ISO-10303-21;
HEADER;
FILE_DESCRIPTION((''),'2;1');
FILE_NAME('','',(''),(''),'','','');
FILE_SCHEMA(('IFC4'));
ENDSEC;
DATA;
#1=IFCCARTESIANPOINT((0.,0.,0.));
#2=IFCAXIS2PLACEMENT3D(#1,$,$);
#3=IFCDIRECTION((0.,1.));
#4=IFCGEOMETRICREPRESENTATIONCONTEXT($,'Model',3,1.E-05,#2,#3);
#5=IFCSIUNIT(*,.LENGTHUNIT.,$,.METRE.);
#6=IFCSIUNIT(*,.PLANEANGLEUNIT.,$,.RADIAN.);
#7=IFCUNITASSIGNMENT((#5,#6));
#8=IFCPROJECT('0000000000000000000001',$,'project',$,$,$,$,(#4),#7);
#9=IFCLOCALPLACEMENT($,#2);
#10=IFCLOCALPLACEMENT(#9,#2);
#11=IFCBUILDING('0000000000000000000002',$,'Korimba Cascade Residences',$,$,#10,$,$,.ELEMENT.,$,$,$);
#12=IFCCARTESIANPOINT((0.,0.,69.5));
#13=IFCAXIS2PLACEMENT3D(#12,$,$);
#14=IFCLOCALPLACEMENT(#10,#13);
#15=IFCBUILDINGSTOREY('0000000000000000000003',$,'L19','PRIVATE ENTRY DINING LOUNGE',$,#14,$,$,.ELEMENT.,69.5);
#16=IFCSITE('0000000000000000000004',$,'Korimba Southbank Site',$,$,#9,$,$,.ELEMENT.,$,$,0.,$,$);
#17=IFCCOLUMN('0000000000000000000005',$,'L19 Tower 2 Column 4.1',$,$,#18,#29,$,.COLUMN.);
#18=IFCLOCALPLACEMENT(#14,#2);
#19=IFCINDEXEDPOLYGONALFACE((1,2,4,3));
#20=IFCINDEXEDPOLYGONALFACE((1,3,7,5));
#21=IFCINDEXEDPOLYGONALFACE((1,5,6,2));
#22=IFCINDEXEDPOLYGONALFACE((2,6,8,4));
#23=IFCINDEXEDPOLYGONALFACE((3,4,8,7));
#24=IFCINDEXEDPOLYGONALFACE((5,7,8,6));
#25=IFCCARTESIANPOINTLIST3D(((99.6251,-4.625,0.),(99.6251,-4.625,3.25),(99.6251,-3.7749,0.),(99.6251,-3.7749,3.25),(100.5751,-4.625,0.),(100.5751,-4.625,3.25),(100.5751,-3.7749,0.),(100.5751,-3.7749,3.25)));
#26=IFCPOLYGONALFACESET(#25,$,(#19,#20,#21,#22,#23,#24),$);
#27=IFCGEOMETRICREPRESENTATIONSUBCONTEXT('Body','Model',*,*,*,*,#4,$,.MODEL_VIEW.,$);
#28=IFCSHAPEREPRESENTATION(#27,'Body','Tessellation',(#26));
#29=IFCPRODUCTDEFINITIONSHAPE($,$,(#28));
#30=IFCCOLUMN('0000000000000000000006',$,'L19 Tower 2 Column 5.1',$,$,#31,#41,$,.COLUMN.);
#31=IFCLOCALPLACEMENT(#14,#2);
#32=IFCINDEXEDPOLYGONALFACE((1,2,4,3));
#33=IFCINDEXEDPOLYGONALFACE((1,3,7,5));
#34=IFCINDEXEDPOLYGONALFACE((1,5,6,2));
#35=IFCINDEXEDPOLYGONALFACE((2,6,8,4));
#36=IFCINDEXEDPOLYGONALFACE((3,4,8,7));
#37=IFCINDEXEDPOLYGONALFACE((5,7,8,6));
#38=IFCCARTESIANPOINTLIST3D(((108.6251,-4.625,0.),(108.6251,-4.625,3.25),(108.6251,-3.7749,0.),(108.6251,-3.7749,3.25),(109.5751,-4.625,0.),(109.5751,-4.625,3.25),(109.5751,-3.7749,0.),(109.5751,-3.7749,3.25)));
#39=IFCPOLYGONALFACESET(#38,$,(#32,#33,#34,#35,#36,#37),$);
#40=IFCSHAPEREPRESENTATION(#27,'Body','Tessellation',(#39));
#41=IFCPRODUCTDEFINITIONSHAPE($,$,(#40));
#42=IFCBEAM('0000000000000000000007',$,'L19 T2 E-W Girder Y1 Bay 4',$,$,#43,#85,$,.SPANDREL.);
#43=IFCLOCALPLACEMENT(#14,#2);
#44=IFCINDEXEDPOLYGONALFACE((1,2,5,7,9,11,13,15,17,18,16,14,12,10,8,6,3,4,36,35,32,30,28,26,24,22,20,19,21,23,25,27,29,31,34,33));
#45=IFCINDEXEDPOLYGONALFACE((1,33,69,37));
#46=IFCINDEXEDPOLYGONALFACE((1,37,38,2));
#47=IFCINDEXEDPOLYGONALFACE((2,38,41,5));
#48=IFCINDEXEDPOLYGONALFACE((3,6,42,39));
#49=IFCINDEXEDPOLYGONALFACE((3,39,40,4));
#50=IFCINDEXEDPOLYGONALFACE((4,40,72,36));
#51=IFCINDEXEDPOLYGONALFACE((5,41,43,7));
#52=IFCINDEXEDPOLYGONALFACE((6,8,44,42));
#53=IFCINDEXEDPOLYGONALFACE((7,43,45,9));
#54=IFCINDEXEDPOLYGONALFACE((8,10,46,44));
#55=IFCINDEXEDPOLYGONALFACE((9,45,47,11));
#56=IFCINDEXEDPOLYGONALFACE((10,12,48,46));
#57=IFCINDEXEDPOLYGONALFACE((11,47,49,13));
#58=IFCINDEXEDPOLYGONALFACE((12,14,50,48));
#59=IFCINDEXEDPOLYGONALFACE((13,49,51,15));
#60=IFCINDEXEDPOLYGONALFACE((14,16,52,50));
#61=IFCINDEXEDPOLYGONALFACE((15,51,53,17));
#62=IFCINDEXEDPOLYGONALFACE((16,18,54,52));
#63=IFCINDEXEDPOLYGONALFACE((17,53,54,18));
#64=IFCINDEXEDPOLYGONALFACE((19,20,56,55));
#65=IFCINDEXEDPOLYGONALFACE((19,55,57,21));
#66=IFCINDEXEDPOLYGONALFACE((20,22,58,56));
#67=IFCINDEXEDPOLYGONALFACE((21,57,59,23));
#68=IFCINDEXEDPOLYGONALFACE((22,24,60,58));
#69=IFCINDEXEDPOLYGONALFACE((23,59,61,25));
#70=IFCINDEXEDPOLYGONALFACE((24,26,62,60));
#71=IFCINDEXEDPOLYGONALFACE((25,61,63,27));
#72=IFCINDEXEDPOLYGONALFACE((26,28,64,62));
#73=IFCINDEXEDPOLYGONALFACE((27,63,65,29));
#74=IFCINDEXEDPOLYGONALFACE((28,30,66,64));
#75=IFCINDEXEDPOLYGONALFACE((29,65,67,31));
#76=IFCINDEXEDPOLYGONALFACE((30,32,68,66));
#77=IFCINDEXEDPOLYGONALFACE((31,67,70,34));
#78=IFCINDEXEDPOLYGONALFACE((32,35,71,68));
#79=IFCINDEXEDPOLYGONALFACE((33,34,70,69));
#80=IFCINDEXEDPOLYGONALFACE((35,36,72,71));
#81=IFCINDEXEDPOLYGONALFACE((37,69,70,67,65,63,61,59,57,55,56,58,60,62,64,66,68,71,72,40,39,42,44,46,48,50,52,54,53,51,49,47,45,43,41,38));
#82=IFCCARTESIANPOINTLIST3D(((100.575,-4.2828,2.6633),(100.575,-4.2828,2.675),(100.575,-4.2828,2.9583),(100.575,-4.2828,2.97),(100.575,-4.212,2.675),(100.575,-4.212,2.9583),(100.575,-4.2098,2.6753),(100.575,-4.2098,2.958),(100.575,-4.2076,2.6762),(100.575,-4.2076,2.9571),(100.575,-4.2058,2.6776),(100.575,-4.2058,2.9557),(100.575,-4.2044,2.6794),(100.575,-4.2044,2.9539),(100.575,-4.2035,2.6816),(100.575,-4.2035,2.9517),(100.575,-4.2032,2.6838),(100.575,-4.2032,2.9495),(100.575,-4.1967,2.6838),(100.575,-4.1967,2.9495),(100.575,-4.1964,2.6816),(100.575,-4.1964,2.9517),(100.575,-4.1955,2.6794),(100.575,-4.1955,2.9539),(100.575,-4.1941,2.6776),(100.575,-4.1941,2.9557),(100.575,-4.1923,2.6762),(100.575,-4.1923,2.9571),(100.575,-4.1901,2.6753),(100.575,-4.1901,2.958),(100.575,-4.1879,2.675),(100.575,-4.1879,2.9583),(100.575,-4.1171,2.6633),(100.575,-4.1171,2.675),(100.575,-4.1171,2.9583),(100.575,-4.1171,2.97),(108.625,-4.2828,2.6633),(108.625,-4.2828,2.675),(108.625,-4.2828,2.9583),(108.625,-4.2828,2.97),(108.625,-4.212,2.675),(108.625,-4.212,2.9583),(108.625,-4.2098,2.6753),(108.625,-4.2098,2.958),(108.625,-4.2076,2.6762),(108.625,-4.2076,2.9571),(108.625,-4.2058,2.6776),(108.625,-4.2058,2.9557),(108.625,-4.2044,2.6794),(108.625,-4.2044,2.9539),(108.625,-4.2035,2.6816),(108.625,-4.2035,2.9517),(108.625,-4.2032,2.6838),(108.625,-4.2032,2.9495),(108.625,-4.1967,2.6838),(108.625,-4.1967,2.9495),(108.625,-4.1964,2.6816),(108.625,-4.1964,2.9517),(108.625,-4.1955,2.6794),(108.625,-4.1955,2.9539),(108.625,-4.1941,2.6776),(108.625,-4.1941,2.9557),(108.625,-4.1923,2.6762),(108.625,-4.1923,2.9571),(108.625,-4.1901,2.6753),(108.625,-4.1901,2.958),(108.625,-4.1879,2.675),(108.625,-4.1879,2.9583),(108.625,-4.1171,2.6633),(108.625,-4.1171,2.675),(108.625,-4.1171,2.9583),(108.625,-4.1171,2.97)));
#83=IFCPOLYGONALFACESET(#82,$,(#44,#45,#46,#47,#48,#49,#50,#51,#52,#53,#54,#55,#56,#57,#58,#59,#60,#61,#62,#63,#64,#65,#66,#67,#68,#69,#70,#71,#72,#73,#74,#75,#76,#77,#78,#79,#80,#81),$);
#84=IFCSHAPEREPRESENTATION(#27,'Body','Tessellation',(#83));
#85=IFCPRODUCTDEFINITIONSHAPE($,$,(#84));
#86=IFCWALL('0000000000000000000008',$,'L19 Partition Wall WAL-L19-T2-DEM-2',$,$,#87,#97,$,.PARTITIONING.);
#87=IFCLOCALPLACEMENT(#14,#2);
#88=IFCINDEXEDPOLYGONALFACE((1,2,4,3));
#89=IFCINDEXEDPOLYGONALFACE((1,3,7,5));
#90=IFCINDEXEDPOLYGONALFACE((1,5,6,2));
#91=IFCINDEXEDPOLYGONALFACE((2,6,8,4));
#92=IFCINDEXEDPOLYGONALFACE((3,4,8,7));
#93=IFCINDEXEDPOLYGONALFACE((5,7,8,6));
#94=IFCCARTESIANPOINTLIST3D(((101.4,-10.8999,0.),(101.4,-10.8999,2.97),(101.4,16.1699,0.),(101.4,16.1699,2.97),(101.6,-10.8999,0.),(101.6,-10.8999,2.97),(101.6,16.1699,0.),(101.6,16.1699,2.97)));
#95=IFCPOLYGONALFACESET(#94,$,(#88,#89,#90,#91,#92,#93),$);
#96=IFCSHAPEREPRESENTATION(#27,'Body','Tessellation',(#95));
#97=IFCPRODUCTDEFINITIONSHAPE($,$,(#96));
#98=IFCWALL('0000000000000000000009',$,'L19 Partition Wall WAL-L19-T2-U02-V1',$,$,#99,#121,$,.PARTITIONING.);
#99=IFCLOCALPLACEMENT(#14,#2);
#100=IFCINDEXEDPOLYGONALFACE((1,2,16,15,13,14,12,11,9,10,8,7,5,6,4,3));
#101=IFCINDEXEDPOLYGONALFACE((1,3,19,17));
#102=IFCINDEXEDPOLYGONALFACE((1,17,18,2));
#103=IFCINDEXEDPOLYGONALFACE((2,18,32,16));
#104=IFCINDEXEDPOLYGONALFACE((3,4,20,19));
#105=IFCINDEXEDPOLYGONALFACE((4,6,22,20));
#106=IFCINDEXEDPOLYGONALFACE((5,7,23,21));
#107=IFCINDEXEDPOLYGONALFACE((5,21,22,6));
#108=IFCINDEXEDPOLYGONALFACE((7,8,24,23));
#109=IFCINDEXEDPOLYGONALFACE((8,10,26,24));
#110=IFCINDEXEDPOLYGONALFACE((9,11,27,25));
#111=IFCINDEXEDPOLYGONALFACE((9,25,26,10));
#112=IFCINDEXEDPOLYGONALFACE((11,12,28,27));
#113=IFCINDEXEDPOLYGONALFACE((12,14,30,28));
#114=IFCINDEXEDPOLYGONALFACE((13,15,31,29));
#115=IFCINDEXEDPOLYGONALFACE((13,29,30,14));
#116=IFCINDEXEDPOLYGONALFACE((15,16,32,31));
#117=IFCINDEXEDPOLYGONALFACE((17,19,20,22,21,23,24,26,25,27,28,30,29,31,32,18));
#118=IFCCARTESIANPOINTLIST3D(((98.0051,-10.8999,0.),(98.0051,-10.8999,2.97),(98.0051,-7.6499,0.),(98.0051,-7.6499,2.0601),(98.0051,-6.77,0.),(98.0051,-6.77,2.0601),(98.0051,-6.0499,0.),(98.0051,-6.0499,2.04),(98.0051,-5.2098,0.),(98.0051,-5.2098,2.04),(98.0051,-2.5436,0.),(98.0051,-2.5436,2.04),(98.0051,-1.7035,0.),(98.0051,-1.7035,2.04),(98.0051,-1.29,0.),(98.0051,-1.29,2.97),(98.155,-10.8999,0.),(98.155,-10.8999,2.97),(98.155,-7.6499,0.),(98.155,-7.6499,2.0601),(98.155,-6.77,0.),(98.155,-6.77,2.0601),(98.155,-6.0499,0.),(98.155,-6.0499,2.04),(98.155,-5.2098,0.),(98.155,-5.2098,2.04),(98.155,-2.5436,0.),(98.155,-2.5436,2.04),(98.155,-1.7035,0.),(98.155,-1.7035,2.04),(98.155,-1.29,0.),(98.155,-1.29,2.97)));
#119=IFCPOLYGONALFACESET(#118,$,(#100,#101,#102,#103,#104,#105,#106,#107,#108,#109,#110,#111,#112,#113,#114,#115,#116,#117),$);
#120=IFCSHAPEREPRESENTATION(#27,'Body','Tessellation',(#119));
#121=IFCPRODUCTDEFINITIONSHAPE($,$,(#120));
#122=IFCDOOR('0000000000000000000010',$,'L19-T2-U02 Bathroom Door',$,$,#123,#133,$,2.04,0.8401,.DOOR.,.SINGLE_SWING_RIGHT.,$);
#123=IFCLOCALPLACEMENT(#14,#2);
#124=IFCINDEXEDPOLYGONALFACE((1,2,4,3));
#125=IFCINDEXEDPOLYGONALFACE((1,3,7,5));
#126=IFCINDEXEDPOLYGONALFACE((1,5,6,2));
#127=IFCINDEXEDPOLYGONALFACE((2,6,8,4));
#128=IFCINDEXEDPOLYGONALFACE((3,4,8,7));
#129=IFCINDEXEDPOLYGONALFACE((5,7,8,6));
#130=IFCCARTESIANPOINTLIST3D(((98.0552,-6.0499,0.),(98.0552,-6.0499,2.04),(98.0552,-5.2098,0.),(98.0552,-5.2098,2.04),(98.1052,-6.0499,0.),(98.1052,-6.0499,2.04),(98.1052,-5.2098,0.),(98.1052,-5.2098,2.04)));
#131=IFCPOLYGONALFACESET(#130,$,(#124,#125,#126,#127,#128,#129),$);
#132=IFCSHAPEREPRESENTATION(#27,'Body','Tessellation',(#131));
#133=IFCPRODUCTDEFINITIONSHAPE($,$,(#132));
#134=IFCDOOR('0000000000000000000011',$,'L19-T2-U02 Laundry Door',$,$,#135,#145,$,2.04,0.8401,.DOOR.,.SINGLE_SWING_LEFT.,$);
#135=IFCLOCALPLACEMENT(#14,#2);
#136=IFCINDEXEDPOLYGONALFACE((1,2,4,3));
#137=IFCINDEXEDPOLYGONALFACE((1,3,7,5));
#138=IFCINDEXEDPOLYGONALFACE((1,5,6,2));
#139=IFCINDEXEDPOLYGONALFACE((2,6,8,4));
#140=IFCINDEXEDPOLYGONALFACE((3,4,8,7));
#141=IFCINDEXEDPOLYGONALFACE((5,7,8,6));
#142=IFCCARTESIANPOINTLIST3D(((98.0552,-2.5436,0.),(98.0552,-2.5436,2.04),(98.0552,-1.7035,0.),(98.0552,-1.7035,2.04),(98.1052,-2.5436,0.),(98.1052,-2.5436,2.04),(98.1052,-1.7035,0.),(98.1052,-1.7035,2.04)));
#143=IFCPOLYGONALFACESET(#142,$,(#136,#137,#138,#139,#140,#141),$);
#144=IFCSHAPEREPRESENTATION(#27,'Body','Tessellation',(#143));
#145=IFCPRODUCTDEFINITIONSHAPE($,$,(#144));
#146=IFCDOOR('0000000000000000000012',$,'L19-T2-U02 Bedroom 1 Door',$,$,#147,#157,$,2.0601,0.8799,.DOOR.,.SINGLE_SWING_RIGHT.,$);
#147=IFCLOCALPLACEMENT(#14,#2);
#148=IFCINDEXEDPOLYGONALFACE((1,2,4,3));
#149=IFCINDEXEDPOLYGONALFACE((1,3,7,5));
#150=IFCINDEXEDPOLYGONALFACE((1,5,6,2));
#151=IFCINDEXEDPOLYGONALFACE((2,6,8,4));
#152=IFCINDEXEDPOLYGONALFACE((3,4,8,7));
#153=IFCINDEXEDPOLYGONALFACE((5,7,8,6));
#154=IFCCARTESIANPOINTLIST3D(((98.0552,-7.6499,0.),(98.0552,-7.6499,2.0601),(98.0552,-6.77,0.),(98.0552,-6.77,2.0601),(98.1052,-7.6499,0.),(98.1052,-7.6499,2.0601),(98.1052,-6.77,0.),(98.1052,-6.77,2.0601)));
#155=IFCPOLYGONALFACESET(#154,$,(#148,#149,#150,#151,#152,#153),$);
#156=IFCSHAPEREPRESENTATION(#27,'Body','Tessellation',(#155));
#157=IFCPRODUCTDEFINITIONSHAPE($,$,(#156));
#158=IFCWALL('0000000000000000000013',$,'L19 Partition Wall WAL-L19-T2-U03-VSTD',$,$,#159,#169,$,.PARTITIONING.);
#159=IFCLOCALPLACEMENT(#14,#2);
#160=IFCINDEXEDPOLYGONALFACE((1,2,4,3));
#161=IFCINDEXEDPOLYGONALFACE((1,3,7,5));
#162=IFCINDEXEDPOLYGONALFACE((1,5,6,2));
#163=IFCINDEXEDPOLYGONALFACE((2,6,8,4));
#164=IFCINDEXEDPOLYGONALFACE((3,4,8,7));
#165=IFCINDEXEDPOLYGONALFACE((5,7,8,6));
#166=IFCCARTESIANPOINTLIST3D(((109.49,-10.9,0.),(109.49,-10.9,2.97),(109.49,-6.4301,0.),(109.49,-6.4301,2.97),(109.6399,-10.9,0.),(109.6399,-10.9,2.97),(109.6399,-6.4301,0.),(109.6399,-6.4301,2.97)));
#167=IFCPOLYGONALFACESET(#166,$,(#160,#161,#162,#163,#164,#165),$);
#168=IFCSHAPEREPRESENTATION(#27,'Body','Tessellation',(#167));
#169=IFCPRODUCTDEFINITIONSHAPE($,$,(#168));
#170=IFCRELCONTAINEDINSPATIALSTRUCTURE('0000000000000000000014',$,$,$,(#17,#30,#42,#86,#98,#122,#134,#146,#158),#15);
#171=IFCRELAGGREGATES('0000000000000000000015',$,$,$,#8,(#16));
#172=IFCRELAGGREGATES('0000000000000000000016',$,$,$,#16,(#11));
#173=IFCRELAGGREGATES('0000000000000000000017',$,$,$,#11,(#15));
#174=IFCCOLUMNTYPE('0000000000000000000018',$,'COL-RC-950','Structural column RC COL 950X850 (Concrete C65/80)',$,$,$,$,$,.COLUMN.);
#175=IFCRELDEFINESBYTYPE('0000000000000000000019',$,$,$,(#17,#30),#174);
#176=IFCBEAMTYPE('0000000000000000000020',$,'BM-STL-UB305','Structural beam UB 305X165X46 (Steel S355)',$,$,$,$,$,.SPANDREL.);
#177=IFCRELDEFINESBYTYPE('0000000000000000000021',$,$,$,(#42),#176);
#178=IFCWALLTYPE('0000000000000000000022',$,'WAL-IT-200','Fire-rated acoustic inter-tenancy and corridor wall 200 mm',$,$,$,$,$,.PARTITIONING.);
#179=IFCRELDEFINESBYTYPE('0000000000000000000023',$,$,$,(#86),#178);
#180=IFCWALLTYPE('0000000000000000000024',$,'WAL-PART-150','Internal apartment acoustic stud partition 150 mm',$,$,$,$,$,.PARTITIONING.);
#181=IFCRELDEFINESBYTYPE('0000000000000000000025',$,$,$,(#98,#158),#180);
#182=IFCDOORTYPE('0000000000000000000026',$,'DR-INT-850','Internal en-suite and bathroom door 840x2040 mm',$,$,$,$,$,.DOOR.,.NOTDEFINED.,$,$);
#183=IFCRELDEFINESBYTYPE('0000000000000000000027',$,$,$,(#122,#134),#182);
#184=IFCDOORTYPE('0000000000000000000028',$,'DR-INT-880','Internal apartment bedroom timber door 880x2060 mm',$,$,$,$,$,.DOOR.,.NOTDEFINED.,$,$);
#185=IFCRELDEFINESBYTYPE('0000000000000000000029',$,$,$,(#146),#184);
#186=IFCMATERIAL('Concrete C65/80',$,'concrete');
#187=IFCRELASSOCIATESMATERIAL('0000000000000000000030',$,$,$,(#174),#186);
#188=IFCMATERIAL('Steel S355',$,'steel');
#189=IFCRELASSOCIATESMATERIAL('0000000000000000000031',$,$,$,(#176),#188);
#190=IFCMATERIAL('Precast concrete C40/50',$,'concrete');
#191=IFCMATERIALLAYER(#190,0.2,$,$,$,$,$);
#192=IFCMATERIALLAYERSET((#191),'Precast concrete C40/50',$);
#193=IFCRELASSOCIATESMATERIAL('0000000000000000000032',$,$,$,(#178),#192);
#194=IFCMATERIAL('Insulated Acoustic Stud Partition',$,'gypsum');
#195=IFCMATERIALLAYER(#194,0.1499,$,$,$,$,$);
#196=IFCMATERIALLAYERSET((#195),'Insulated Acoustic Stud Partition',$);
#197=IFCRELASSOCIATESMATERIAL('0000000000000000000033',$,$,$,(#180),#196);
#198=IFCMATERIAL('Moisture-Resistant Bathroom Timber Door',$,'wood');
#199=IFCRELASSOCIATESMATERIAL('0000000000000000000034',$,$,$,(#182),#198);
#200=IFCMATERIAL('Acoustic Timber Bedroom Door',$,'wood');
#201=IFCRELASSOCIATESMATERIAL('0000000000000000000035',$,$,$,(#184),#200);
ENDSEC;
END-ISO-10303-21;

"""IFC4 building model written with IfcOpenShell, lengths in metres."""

from ifc_helpers import new_model, si_unit, direction, frame, frame_2d, origin, origin_2d, place, context, subcontext, project, spatial, rectangle, i_section, extrude, material, layer, layer_set, material_profile, profile_set, type_object, element, fill, save


model = new_model("IFC4")

# Units and contexts
model_context = context("Model", 3, precision=1e-05, world=origin(), true_north=direction((0.0, 1.0)))
body_context = subcontext(model_context, "Body", "Model", "MODEL_VIEW")
ifc_project = project(units=[si_unit("LENGTHUNIT", "METRE"), si_unit("PLANEANGLEUNIT", "RADIAN")], contexts=[model_context])

# Site, building, storey
site_placement = place(None, origin())
site = spatial("IfcSite", under=ifc_project, at=site_placement, Name="Korimba Southbank Site", CompositionType="ELEMENT", RefElevation=0.0)
building_placement = place(site_placement, origin())
building = spatial("IfcBuilding", under=site, at=building_placement, Name="Korimba Cascade Residences", CompositionType="ELEMENT")
storey_placement = place(building_placement, frame((0.0, 0.0, 69.5)))
storey = spatial("IfcBuildingStorey", under=building, at=storey_placement, Name="L19", Description="PRIVATE ENTRY DINING LOUNGE", CompositionType="ELEMENT", Elevation=69.5)

# Columns
ifc_material_1 = material(Name="Concrete C65/80", Category="concrete")
ifc_material_profile_1 = material_profile(ifc_material_1, rectangle(XDim=0.95, YDim=0.8501, at=origin_2d()), Name="Concrete C65/80")
ifc_profile_set_1 = profile_set([ifc_material_profile_1], Name="Concrete C65/80")
column_type = type_object("IfcColumnType", Name="COL-RC-950", Description="Structural column RC COL 950X850 (Concrete C65/80)", PredefinedType="COLUMN", material=ifc_profile_set_1)
for number, where, z_axis, x_axis, name in (
    (1, (100.1001, -4.2, 0.0), (0.0, 0.0, 1.0), (1.0, 0.0, 0.0), "L19 Tower 2 Column 4.1"),
    (2, (109.1001, -4.2, 0.0), (0.0, 0.0, 1.0), (1.0, 0.0, 0.0), "L19 Tower 2 Column 5.1"),
):
    element("IfcColumn", number, at=place(storey_placement, frame(where, z_axis=z_axis, x_axis=x_axis)), inside=storey, type_object=column_type, Name=name, PredefinedType="COLUMN", context=body_context, shape_type="SweptSolid", body=[
        extrude(rectangle(XDim=0.95, YDim=0.8501, at=origin_2d()), origin(), (0.0, 0.0, 1.0), 3.25),
    ])

# Beam
ifc_material_2 = material(Name="Steel S355", Category="steel")
ifc_material_profile_2 = material_profile(ifc_material_2, i_section(OverallWidth=0.1658, OverallDepth=0.3066, WebThickness=0.0066, FlangeThickness=0.0117, FilletRadius=0.0088, at=origin_2d()), Name="Steel S355")
ifc_profile_set_2 = profile_set([ifc_material_profile_2], Name="Steel S355")
beam_type = type_object("IfcBeamType", Name="BM-STL-UB305", Description="Structural beam UB 305X165X46 (Steel S355)", PredefinedType="SPANDREL", material=ifc_profile_set_2)
beam_placement = place(storey_placement, frame((100.575, -4.2, 2.8167), z_axis=(1.0, 0.0, 0.0), x_axis=(0.0, 1.0, 0.0)))
element("IfcBeam", 3, at=beam_placement, inside=storey, type_object=beam_type, Name="L19 T2 E-W Girder Y1 Bay 4", PredefinedType="SPANDREL", context=body_context, shape_type="SweptSolid", body=[
    extrude(i_section(OverallWidth=0.1658, OverallDepth=0.3066, WebThickness=0.0066, FlangeThickness=0.0117, FilletRadius=0.0088, at=origin_2d()), origin(), (0.0, 0.0, 1.0), 8.05),
])

# Wall
ifc_material_3 = material(Name="Precast concrete C40/50", Category="concrete")
ifc_layer_1 = layer(ifc_material_3, 0.2)
ifc_layer_set_1 = layer_set([ifc_layer_1], Name="Precast concrete C40/50")
wall_type_1 = type_object("IfcWallType", Name="WAL-IT-200", Description="Fire-rated acoustic inter-tenancy and corridor wall 200 mm", PredefinedType="PARTITIONING", material=ifc_layer_set_1)
wall_1_placement = place(storey_placement, frame((101.5, -10.8999, 0.0), z_axis=(0.0, 0.0, 1.0), x_axis=(0.0, 1.0, 0.0)))
element("IfcWall", 4, at=wall_1_placement, inside=storey, type_object=wall_type_1, Name="L19 Partition Wall WAL-L19-T2-DEM-2", PredefinedType="PARTITIONING", context=body_context, shape_type="SweptSolid", body=[
    extrude(rectangle(XDim=27.0698, YDim=0.2, at=frame_2d((13.5349, 0.0))), origin(), (0.0, 0.0, 1.0), 2.97),
])

# Wall, openings, doors
ifc_material_4 = material(Name="Insulated Acoustic Stud Partition", Category="gypsum")
ifc_layer_2 = layer(ifc_material_4, 0.1499)
ifc_layer_set_2 = layer_set([ifc_layer_2], Name="Insulated Acoustic Stud Partition")
wall_type_2 = type_object("IfcWallType", Name="WAL-PART-150", Description="Internal apartment acoustic stud partition 150 mm", PredefinedType="PARTITIONING", material=ifc_layer_set_2)
wall_2_placement = place(storey_placement, frame((98.0801, -10.8999, 0.0), z_axis=(0.0, 0.0, 1.0), x_axis=(0.0, 1.0, 0.0)))
wall_2 = element("IfcWall", 5, at=wall_2_placement, inside=storey, type_object=wall_type_2, Name="L19 Partition Wall WAL-L19-T2-U02-V1", PredefinedType="PARTITIONING", context=body_context, shape_type="SweptSolid", body=[
    extrude(rectangle(XDim=9.6099, YDim=0.1499, at=frame_2d((4.8049, 0.0))), origin(), (0.0, 0.0, 1.0), 2.97),
])
opening_1_placement = place(wall_2_placement, frame((4.8501, 0.0, 0.0)))
opening_1 = element("IfcOpeningElement", 6, at=opening_1_placement, cuts=wall_2, PredefinedType="OPENING", context=body_context, shape_type="SweptSolid", body=[
    extrude(rectangle(XDim=0.8401, YDim=2.04, at=frame_2d((0.4199, 1.02))), frame((0.0, 0.085, 0.0), z_axis=(0.0, -1.0, 0.0), x_axis=(1.0, 0.0, 0.0)), (0.0, 0.0, 1.0), 0.1699),
])
opening_2_placement = place(wall_2_placement, frame((8.3564, 0.0, 0.0)))
opening_2 = element("IfcOpeningElement", 7, at=opening_2_placement, cuts=wall_2, PredefinedType="OPENING", context=body_context, shape_type="SweptSolid", body=[
    extrude(rectangle(XDim=0.8401, YDim=2.04, at=frame_2d((0.4199, 1.02))), frame((0.0, 0.085, 0.0), z_axis=(0.0, -1.0, 0.0), x_axis=(1.0, 0.0, 0.0)), (0.0, 0.0, 1.0), 0.1699),
])
opening_3_placement = place(wall_2_placement, frame((3.25, 0.0, 0.0)))
opening_3 = element("IfcOpeningElement", 8, at=opening_3_placement, cuts=wall_2, PredefinedType="OPENING", context=body_context, shape_type="SweptSolid", body=[
    extrude(rectangle(XDim=0.8799, YDim=2.0601, at=frame_2d((0.4399, 1.03))), frame((0.0, 0.085, 0.0), z_axis=(0.0, -1.0, 0.0), x_axis=(1.0, 0.0, 0.0)), (0.0, 0.0, 1.0), 0.1699),
])
ifc_material_5 = material(Name="Moisture-Resistant Bathroom Timber Door", Category="wood")
door_type_1 = type_object("IfcDoorType", Name="DR-INT-850", Description="Internal en-suite and bathroom door 840x2040 mm", OperationType="NOTDEFINED", PredefinedType="DOOR", material=ifc_material_5)
door_1_placement = place(opening_1_placement, origin())
door_1 = element("IfcDoor", 9, at=door_1_placement, inside=storey, type_object=door_type_1, Name="L19-T2-U02 Bathroom Door", OperationType="SINGLE_SWING_RIGHT", OverallHeight=2.04, OverallWidth=0.8401, PredefinedType="DOOR", context=body_context, shape_type="SweptSolid", body=[
    extrude(rectangle(XDim=0.8401, YDim=2.04, at=frame_2d((0.4199, 1.02))), frame((0.0, 0.0249, 0.0), z_axis=(0.0, -1.0, 0.0), x_axis=(1.0, 0.0, 0.0)), (0.0, 0.0, 1.0), 0.05),
])
fill(opening_1, door_1)
door_2_placement = place(opening_2_placement, origin())
door_2 = element("IfcDoor", 10, at=door_2_placement, inside=storey, type_object=door_type_1, Name="L19-T2-U02 Laundry Door", OperationType="SINGLE_SWING_LEFT", OverallHeight=2.04, OverallWidth=0.8401, PredefinedType="DOOR", context=body_context, shape_type="SweptSolid", body=[
    extrude(rectangle(XDim=0.8401, YDim=2.04, at=frame_2d((0.4199, 1.02))), frame((0.0, 0.0249, 0.0), z_axis=(0.0, -1.0, 0.0), x_axis=(1.0, 0.0, 0.0)), (0.0, 0.0, 1.0), 0.05),
])
fill(opening_2, door_2)
ifc_material_6 = material(Name="Acoustic Timber Bedroom Door", Category="wood")
door_type_2 = type_object("IfcDoorType", Name="DR-INT-880", Description="Internal apartment bedroom timber door 880x2060 mm", OperationType="NOTDEFINED", PredefinedType="DOOR", material=ifc_material_6)
door_3_placement = place(opening_3_placement, origin())
door_3 = element("IfcDoor", 11, at=door_3_placement, inside=storey, type_object=door_type_2, Name="L19-T2-U02 Bedroom 1 Door", OperationType="SINGLE_SWING_RIGHT", OverallHeight=2.0601, OverallWidth=0.8799, PredefinedType="DOOR", context=body_context, shape_type="SweptSolid", body=[
    extrude(rectangle(XDim=0.8799, YDim=2.0601, at=frame_2d((0.4399, 1.03))), frame((0.0, 0.0249, 0.0), z_axis=(0.0, -1.0, 0.0), x_axis=(1.0, 0.0, 0.0)), (0.0, 0.0, 1.0), 0.05),
])
fill(opening_3, door_3)

# Wall
wall_3_placement = place(storey_placement, frame((109.5649, -10.8999, 0.0), z_axis=(0.0, 0.0, 1.0), x_axis=(0.0, 1.0, 0.0)))
element("IfcWall", 12, at=wall_3_placement, inside=storey, type_object=wall_type_2, Name="L19 Partition Wall WAL-L19-T2-U03-VSTD", PredefinedType="PARTITIONING", context=body_context, shape_type="SweptSolid", body=[
    extrude(rectangle(XDim=4.47, YDim=0.1499, at=frame_2d((2.2349, 0.0))), origin(), (0.0, 0.0, 1.0), 2.97),
])

save(model, "model.ifc")
